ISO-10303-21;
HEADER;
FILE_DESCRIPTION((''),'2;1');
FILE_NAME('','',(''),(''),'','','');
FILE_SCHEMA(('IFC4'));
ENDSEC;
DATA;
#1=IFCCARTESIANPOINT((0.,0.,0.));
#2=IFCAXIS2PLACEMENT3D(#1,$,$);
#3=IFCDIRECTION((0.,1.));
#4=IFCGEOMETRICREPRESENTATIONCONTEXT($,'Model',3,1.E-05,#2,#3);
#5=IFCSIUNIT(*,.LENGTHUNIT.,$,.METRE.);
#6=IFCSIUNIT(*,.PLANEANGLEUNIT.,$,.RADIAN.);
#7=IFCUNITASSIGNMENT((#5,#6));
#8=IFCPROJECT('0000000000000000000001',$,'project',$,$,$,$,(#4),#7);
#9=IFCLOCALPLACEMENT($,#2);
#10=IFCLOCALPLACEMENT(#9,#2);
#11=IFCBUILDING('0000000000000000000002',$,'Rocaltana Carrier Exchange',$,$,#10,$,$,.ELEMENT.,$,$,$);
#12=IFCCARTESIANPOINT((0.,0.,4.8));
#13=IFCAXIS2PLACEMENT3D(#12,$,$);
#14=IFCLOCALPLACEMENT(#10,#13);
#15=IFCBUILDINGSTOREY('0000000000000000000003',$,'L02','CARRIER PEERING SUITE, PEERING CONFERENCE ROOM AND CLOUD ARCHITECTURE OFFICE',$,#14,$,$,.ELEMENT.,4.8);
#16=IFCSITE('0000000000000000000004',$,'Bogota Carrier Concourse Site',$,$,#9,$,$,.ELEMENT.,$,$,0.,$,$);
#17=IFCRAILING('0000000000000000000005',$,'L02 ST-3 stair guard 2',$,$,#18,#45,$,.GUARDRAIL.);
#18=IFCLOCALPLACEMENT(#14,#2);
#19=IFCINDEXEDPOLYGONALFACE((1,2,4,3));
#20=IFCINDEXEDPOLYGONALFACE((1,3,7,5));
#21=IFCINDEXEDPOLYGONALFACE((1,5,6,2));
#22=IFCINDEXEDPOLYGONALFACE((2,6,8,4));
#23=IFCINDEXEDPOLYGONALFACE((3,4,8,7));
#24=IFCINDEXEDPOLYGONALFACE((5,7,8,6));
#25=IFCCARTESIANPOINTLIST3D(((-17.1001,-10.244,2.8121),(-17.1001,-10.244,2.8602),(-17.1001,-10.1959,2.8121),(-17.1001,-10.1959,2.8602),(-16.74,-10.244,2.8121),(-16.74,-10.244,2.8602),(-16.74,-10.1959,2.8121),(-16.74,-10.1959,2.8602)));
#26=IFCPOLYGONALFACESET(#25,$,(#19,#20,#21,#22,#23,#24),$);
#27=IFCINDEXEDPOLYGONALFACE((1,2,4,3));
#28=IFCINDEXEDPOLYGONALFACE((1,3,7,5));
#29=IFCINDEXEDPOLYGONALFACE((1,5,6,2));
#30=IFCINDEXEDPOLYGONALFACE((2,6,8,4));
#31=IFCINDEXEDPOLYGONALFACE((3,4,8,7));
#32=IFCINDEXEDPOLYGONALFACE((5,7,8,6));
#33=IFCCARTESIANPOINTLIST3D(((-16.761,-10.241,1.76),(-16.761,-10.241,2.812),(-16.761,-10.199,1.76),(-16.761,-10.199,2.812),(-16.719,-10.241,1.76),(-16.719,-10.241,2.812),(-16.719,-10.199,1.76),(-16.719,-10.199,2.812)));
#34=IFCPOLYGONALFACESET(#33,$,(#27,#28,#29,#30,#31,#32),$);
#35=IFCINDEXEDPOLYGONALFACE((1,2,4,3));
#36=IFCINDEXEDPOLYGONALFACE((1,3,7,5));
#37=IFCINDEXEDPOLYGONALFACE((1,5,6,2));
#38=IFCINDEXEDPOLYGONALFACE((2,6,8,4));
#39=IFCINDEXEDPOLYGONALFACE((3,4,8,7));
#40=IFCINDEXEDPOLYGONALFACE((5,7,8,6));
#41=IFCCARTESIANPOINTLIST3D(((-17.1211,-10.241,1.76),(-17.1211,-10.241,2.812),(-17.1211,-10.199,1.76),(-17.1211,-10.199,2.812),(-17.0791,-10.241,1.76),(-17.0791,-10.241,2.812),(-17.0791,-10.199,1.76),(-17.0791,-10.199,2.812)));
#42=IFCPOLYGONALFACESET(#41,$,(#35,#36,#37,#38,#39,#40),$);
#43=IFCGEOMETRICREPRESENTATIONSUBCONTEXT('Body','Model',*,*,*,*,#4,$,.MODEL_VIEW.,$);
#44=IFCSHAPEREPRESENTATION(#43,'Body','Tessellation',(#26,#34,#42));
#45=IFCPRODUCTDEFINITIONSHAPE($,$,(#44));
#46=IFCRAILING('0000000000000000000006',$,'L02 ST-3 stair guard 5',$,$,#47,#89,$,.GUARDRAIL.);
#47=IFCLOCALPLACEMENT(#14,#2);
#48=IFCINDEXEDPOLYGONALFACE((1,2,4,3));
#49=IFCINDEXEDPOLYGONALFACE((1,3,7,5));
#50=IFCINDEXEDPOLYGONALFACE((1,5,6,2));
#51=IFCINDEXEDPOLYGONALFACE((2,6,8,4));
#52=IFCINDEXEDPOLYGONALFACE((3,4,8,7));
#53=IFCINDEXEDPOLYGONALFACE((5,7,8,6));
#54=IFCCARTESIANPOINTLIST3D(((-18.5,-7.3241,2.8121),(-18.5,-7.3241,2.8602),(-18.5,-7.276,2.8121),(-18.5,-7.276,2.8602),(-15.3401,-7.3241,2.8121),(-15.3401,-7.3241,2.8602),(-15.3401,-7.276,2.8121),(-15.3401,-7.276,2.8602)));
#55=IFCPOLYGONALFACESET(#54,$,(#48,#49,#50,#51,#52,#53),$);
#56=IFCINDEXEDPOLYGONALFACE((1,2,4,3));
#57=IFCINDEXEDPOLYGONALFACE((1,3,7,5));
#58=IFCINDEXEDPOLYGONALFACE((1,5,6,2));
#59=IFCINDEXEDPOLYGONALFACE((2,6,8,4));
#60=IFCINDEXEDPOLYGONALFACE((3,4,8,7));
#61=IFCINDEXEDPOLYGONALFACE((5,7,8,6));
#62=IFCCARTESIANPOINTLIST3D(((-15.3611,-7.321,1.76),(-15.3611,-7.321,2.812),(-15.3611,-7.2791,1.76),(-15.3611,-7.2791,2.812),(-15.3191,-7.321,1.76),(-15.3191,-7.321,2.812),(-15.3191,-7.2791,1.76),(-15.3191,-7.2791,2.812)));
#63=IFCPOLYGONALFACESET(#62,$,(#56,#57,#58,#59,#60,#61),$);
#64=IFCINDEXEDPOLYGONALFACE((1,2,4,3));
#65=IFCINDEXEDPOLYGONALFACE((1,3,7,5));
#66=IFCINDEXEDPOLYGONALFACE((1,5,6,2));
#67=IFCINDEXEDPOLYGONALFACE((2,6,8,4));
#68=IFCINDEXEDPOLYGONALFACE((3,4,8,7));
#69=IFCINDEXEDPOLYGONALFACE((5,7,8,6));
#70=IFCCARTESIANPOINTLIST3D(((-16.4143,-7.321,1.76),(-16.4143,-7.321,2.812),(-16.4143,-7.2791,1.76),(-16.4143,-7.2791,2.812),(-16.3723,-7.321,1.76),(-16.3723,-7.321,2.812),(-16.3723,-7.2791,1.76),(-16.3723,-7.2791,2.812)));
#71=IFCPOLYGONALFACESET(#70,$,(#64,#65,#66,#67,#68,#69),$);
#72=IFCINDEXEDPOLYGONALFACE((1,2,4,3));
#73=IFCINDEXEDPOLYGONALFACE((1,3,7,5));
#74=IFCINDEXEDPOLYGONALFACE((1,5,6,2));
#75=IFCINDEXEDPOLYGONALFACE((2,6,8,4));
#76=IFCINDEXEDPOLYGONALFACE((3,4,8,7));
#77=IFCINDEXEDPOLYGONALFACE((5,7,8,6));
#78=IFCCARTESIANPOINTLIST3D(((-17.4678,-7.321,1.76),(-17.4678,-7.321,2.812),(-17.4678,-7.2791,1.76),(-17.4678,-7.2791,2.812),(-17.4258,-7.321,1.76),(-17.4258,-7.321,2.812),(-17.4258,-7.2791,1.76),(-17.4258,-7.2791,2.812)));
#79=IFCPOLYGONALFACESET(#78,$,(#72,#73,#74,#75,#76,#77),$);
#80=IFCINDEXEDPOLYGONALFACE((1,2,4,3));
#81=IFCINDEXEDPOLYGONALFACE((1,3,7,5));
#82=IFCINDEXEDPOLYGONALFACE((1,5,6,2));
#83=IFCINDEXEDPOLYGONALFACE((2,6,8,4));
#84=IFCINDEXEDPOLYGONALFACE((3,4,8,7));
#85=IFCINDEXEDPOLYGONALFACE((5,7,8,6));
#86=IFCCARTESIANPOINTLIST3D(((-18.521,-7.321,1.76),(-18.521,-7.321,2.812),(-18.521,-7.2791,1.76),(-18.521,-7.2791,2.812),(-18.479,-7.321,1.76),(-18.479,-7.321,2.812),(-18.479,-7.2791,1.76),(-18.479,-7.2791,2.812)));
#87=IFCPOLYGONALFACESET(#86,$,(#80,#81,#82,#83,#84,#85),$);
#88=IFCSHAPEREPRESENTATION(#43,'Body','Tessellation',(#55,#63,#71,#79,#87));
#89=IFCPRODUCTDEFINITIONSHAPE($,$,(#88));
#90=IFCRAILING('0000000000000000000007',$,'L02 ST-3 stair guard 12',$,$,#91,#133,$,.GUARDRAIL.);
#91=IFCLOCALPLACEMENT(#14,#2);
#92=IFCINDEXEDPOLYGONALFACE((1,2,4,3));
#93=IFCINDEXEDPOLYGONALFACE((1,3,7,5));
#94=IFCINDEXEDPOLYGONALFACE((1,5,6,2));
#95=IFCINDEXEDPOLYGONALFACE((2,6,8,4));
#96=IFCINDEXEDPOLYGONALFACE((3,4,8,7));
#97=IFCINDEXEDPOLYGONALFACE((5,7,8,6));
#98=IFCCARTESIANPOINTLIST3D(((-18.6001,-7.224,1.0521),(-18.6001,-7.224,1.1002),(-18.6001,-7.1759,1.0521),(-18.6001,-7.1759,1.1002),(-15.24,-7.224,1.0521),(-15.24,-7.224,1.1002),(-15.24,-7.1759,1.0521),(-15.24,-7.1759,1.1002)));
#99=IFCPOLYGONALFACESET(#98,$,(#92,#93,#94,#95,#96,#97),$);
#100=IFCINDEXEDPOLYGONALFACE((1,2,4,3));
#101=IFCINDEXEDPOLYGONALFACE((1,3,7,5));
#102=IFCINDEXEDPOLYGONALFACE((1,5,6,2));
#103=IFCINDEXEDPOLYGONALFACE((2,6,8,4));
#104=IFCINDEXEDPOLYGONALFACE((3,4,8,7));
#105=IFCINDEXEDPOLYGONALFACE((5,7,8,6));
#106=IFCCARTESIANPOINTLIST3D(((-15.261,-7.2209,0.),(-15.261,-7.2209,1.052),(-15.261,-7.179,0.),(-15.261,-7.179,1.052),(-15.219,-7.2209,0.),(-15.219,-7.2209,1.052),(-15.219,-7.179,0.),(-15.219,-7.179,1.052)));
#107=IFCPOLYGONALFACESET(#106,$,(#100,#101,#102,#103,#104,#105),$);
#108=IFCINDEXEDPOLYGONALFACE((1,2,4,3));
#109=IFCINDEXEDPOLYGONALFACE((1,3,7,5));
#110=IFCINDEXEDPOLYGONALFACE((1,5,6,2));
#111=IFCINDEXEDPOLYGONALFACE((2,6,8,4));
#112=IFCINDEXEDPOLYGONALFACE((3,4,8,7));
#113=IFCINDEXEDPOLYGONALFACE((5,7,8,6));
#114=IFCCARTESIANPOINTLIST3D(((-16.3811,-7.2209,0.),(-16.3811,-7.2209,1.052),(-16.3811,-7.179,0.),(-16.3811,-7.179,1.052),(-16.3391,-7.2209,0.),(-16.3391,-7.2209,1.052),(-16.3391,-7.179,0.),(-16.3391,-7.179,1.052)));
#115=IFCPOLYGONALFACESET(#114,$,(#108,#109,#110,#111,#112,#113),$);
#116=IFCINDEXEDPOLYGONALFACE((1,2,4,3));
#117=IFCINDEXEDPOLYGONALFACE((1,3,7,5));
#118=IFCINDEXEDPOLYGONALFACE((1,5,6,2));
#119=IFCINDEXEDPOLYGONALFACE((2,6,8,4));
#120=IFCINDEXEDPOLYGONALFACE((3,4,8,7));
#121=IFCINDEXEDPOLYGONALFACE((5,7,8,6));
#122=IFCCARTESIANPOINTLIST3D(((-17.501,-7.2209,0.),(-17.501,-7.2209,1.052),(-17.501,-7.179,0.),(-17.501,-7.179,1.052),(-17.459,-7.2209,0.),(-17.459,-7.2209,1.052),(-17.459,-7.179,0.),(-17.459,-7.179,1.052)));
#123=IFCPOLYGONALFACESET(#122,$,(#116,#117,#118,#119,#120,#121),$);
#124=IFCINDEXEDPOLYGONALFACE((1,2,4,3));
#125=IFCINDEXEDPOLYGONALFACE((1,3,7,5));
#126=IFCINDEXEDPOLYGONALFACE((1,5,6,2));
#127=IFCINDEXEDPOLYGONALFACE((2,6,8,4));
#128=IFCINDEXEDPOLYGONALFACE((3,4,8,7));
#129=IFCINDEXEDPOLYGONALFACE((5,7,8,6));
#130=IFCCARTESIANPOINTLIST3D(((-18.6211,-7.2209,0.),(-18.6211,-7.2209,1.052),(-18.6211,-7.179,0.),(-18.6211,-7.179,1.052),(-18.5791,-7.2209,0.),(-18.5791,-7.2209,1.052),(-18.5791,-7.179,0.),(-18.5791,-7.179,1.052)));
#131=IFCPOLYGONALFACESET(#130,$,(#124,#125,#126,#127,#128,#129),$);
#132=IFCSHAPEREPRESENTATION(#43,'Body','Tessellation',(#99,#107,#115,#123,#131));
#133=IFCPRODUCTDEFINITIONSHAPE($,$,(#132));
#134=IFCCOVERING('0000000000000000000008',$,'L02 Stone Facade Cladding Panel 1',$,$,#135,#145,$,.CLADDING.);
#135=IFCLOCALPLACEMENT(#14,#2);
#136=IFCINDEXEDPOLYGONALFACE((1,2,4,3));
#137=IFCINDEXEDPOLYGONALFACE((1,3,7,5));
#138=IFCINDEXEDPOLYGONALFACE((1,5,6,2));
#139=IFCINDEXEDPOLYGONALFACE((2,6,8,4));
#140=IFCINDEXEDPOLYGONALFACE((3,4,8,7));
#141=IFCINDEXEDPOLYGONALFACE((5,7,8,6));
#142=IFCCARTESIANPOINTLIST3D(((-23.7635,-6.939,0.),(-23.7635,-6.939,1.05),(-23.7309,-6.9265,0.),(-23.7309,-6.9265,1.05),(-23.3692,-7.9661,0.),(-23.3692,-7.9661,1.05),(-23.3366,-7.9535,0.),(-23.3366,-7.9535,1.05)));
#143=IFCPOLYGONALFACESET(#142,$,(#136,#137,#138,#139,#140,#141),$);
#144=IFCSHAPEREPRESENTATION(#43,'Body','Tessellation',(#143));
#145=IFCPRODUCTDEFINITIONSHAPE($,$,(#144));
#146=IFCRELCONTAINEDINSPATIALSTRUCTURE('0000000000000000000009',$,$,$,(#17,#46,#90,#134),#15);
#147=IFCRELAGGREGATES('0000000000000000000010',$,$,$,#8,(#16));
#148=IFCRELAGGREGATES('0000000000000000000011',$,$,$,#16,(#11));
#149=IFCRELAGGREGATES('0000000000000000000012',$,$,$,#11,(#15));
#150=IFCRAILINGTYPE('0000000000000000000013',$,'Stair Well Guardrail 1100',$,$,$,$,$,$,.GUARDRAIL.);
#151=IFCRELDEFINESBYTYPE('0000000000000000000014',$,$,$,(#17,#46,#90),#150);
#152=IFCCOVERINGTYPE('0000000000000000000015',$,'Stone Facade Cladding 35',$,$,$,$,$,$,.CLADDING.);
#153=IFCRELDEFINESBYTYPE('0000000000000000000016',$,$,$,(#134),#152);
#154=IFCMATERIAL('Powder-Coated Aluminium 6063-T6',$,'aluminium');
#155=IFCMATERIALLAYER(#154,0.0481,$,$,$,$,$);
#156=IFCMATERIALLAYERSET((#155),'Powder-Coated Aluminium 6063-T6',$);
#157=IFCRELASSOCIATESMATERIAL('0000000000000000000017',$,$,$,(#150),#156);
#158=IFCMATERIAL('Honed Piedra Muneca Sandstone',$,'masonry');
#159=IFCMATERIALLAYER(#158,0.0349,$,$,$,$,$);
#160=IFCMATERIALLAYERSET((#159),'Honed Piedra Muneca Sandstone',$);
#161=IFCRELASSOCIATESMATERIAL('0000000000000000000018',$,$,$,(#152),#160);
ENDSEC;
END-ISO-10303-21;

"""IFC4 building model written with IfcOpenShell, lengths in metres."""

from ifc_helpers import new_model, si_unit, direction, frame, origin, origin_2d, place, context, subcontext, project, spatial, rectangle, extrude, material, layer, layer_set, type_object, element, save


model = new_model("IFC4")

# Units and contexts
model_context = context("Model", 3, precision=1e-05, world=origin(), true_north=direction((0.0, 1.0)))
body_context = subcontext(model_context, "Body", "Model", "MODEL_VIEW")
ifc_project = project(units=[si_unit("LENGTHUNIT", "METRE"), si_unit("PLANEANGLEUNIT", "RADIAN")], contexts=[model_context])

# Site, building, storey
site_placement = place(None, origin())
site = spatial("IfcSite", under=ifc_project, at=site_placement, Name="Bogota Carrier Concourse Site", CompositionType="ELEMENT", RefElevation=0.0)
building_placement = place(site_placement, origin())
building = spatial("IfcBuilding", under=site, at=building_placement, Name="Rocaltana Carrier Exchange", CompositionType="ELEMENT")
storey_placement = place(building_placement, frame((0.0, 0.0, 4.8)))
storey = spatial("IfcBuildingStorey", under=building, at=storey_placement, Name="L02", Description="CARRIER PEERING SUITE, PEERING CONFERENCE ROOM AND CLOUD ARCHITECTURE OFFICE", CompositionType="ELEMENT", Elevation=4.8)

# Railings
ifc_material_1 = material(Name="Powder-Coated Aluminium 6063-T6", Category="aluminium")
ifc_layer_1 = layer(ifc_material_1, 0.0481)
ifc_layer_set_1 = layer_set([ifc_layer_1], Name="Powder-Coated Aluminium 6063-T6")
railing_type = type_object("IfcRailingType", Name="Stair Well Guardrail 1100", PredefinedType="GUARDRAIL", material=ifc_layer_set_1)
railing_1_placement = place(storey_placement, frame((-16.74, -10.22, 1.76)))
element("IfcRailing", 1, at=railing_1_placement, inside=storey, type_object=railing_type, Name="L02 ST-3 stair guard 2", PredefinedType="GUARDRAIL", context=body_context, shape_type="SweptSolid", body=[
    extrude(rectangle(XDim=0.0481, YDim=0.0481, at=origin_2d()), frame((0.0, 0.0, 1.0762), z_axis=(-1.0, 0.0, 0.0), x_axis=(0.0, -1.0, 0.0)), (0.0, 0.0, 1.0), 0.3601),
    extrude(rectangle(XDim=0.042, YDim=0.042, at=origin_2d()), origin(), (0.0, 0.0, 1.0), 1.052),
    extrude(rectangle(XDim=0.042, YDim=0.042, at=origin_2d()), frame((-0.3601, 0.0, 0.0)), (0.0, 0.0, 1.0), 1.052),
])
railing_2_placement = place(storey_placement, frame((-15.3401, -7.3, 1.76)))
element("IfcRailing", 2, at=railing_2_placement, inside=storey, type_object=railing_type, Name="L02 ST-3 stair guard 5", PredefinedType="GUARDRAIL", context=body_context, shape_type="SweptSolid", body=[
    extrude(rectangle(XDim=0.0481, YDim=0.0481, at=origin_2d()), frame((0.0, 0.0, 1.0762), z_axis=(-1.0, 0.0, 0.0), x_axis=(0.0, -1.0, 0.0)), (0.0, 0.0, 1.0), 3.1599),
    extrude(rectangle(XDim=0.042, YDim=0.042, at=origin_2d()), origin(), (0.0, 0.0, 1.0), 1.052),
    extrude(rectangle(XDim=0.042, YDim=0.042, at=origin_2d()), frame((-1.0532, 0.0, 0.0)), (0.0, 0.0, 1.0), 1.052),
    extrude(rectangle(XDim=0.042, YDim=0.042, at=origin_2d()), frame((-2.1067, 0.0, 0.0)), (0.0, 0.0, 1.0), 1.052),
    extrude(rectangle(XDim=0.042, YDim=0.042, at=origin_2d()), frame((-3.1599, 0.0, 0.0)), (0.0, 0.0, 1.0), 1.052),
])
railing_3_placement = place(storey_placement, frame((-15.24, -7.2, 0.0)))
element("IfcRailing", 3, at=railing_3_placement, inside=storey, type_object=railing_type, Name="L02 ST-3 stair guard 12", PredefinedType="GUARDRAIL", context=body_context, shape_type="SweptSolid", body=[
    extrude(rectangle(XDim=0.0481, YDim=0.0481, at=origin_2d()), frame((0.0, 0.0, 1.0762), z_axis=(-1.0, 0.0, 0.0), x_axis=(0.0, -1.0, 0.0)), (0.0, 0.0, 1.0), 3.3601),
    extrude(rectangle(XDim=0.042, YDim=0.042, at=origin_2d()), origin(), (0.0, 0.0, 1.0), 1.052),
    extrude(rectangle(XDim=0.042, YDim=0.042, at=origin_2d()), frame((-1.1201, 0.0, 0.0)), (0.0, 0.0, 1.0), 1.052),
    extrude(rectangle(XDim=0.042, YDim=0.042, at=origin_2d()), frame((-2.24, 0.0, 0.0)), (0.0, 0.0, 1.0), 1.052),
    extrude(rectangle(XDim=0.042, YDim=0.042, at=origin_2d()), frame((-3.3601, 0.0, 0.0)), (0.0, 0.0, 1.0), 1.052),
])

# Covering
ifc_material_2 = material(Name="Honed Piedra Muneca Sandstone", Category="masonry")
ifc_layer_2 = layer(ifc_material_2, 0.0349)
ifc_layer_set_2 = layer_set([ifc_layer_2], Name="Honed Piedra Muneca Sandstone")
covering_type = type_object("IfcCoveringType", Name="Stone Facade Cladding 35", PredefinedType="CLADDING", material=ifc_layer_set_2)
covering_placement = place(storey_placement, frame((-23.55, -7.4463, 0.0), z_axis=(0.0, 0.0, 1.0), x_axis=(-0.358368, 0.93358, 0.0)))
element("IfcCovering", 4, at=covering_placement, inside=storey, type_object=covering_type, Name="L02 Stone Facade Cladding Panel 1", PredefinedType="CLADDING", context=body_context, shape_type="SweptSolid", body=[
    extrude(rectangle(XDim=1.1001, YDim=0.0349, at=origin_2d()), origin(), (0.0, 0.0, 1.0), 1.05),
])

save(model, "model.ifc")
